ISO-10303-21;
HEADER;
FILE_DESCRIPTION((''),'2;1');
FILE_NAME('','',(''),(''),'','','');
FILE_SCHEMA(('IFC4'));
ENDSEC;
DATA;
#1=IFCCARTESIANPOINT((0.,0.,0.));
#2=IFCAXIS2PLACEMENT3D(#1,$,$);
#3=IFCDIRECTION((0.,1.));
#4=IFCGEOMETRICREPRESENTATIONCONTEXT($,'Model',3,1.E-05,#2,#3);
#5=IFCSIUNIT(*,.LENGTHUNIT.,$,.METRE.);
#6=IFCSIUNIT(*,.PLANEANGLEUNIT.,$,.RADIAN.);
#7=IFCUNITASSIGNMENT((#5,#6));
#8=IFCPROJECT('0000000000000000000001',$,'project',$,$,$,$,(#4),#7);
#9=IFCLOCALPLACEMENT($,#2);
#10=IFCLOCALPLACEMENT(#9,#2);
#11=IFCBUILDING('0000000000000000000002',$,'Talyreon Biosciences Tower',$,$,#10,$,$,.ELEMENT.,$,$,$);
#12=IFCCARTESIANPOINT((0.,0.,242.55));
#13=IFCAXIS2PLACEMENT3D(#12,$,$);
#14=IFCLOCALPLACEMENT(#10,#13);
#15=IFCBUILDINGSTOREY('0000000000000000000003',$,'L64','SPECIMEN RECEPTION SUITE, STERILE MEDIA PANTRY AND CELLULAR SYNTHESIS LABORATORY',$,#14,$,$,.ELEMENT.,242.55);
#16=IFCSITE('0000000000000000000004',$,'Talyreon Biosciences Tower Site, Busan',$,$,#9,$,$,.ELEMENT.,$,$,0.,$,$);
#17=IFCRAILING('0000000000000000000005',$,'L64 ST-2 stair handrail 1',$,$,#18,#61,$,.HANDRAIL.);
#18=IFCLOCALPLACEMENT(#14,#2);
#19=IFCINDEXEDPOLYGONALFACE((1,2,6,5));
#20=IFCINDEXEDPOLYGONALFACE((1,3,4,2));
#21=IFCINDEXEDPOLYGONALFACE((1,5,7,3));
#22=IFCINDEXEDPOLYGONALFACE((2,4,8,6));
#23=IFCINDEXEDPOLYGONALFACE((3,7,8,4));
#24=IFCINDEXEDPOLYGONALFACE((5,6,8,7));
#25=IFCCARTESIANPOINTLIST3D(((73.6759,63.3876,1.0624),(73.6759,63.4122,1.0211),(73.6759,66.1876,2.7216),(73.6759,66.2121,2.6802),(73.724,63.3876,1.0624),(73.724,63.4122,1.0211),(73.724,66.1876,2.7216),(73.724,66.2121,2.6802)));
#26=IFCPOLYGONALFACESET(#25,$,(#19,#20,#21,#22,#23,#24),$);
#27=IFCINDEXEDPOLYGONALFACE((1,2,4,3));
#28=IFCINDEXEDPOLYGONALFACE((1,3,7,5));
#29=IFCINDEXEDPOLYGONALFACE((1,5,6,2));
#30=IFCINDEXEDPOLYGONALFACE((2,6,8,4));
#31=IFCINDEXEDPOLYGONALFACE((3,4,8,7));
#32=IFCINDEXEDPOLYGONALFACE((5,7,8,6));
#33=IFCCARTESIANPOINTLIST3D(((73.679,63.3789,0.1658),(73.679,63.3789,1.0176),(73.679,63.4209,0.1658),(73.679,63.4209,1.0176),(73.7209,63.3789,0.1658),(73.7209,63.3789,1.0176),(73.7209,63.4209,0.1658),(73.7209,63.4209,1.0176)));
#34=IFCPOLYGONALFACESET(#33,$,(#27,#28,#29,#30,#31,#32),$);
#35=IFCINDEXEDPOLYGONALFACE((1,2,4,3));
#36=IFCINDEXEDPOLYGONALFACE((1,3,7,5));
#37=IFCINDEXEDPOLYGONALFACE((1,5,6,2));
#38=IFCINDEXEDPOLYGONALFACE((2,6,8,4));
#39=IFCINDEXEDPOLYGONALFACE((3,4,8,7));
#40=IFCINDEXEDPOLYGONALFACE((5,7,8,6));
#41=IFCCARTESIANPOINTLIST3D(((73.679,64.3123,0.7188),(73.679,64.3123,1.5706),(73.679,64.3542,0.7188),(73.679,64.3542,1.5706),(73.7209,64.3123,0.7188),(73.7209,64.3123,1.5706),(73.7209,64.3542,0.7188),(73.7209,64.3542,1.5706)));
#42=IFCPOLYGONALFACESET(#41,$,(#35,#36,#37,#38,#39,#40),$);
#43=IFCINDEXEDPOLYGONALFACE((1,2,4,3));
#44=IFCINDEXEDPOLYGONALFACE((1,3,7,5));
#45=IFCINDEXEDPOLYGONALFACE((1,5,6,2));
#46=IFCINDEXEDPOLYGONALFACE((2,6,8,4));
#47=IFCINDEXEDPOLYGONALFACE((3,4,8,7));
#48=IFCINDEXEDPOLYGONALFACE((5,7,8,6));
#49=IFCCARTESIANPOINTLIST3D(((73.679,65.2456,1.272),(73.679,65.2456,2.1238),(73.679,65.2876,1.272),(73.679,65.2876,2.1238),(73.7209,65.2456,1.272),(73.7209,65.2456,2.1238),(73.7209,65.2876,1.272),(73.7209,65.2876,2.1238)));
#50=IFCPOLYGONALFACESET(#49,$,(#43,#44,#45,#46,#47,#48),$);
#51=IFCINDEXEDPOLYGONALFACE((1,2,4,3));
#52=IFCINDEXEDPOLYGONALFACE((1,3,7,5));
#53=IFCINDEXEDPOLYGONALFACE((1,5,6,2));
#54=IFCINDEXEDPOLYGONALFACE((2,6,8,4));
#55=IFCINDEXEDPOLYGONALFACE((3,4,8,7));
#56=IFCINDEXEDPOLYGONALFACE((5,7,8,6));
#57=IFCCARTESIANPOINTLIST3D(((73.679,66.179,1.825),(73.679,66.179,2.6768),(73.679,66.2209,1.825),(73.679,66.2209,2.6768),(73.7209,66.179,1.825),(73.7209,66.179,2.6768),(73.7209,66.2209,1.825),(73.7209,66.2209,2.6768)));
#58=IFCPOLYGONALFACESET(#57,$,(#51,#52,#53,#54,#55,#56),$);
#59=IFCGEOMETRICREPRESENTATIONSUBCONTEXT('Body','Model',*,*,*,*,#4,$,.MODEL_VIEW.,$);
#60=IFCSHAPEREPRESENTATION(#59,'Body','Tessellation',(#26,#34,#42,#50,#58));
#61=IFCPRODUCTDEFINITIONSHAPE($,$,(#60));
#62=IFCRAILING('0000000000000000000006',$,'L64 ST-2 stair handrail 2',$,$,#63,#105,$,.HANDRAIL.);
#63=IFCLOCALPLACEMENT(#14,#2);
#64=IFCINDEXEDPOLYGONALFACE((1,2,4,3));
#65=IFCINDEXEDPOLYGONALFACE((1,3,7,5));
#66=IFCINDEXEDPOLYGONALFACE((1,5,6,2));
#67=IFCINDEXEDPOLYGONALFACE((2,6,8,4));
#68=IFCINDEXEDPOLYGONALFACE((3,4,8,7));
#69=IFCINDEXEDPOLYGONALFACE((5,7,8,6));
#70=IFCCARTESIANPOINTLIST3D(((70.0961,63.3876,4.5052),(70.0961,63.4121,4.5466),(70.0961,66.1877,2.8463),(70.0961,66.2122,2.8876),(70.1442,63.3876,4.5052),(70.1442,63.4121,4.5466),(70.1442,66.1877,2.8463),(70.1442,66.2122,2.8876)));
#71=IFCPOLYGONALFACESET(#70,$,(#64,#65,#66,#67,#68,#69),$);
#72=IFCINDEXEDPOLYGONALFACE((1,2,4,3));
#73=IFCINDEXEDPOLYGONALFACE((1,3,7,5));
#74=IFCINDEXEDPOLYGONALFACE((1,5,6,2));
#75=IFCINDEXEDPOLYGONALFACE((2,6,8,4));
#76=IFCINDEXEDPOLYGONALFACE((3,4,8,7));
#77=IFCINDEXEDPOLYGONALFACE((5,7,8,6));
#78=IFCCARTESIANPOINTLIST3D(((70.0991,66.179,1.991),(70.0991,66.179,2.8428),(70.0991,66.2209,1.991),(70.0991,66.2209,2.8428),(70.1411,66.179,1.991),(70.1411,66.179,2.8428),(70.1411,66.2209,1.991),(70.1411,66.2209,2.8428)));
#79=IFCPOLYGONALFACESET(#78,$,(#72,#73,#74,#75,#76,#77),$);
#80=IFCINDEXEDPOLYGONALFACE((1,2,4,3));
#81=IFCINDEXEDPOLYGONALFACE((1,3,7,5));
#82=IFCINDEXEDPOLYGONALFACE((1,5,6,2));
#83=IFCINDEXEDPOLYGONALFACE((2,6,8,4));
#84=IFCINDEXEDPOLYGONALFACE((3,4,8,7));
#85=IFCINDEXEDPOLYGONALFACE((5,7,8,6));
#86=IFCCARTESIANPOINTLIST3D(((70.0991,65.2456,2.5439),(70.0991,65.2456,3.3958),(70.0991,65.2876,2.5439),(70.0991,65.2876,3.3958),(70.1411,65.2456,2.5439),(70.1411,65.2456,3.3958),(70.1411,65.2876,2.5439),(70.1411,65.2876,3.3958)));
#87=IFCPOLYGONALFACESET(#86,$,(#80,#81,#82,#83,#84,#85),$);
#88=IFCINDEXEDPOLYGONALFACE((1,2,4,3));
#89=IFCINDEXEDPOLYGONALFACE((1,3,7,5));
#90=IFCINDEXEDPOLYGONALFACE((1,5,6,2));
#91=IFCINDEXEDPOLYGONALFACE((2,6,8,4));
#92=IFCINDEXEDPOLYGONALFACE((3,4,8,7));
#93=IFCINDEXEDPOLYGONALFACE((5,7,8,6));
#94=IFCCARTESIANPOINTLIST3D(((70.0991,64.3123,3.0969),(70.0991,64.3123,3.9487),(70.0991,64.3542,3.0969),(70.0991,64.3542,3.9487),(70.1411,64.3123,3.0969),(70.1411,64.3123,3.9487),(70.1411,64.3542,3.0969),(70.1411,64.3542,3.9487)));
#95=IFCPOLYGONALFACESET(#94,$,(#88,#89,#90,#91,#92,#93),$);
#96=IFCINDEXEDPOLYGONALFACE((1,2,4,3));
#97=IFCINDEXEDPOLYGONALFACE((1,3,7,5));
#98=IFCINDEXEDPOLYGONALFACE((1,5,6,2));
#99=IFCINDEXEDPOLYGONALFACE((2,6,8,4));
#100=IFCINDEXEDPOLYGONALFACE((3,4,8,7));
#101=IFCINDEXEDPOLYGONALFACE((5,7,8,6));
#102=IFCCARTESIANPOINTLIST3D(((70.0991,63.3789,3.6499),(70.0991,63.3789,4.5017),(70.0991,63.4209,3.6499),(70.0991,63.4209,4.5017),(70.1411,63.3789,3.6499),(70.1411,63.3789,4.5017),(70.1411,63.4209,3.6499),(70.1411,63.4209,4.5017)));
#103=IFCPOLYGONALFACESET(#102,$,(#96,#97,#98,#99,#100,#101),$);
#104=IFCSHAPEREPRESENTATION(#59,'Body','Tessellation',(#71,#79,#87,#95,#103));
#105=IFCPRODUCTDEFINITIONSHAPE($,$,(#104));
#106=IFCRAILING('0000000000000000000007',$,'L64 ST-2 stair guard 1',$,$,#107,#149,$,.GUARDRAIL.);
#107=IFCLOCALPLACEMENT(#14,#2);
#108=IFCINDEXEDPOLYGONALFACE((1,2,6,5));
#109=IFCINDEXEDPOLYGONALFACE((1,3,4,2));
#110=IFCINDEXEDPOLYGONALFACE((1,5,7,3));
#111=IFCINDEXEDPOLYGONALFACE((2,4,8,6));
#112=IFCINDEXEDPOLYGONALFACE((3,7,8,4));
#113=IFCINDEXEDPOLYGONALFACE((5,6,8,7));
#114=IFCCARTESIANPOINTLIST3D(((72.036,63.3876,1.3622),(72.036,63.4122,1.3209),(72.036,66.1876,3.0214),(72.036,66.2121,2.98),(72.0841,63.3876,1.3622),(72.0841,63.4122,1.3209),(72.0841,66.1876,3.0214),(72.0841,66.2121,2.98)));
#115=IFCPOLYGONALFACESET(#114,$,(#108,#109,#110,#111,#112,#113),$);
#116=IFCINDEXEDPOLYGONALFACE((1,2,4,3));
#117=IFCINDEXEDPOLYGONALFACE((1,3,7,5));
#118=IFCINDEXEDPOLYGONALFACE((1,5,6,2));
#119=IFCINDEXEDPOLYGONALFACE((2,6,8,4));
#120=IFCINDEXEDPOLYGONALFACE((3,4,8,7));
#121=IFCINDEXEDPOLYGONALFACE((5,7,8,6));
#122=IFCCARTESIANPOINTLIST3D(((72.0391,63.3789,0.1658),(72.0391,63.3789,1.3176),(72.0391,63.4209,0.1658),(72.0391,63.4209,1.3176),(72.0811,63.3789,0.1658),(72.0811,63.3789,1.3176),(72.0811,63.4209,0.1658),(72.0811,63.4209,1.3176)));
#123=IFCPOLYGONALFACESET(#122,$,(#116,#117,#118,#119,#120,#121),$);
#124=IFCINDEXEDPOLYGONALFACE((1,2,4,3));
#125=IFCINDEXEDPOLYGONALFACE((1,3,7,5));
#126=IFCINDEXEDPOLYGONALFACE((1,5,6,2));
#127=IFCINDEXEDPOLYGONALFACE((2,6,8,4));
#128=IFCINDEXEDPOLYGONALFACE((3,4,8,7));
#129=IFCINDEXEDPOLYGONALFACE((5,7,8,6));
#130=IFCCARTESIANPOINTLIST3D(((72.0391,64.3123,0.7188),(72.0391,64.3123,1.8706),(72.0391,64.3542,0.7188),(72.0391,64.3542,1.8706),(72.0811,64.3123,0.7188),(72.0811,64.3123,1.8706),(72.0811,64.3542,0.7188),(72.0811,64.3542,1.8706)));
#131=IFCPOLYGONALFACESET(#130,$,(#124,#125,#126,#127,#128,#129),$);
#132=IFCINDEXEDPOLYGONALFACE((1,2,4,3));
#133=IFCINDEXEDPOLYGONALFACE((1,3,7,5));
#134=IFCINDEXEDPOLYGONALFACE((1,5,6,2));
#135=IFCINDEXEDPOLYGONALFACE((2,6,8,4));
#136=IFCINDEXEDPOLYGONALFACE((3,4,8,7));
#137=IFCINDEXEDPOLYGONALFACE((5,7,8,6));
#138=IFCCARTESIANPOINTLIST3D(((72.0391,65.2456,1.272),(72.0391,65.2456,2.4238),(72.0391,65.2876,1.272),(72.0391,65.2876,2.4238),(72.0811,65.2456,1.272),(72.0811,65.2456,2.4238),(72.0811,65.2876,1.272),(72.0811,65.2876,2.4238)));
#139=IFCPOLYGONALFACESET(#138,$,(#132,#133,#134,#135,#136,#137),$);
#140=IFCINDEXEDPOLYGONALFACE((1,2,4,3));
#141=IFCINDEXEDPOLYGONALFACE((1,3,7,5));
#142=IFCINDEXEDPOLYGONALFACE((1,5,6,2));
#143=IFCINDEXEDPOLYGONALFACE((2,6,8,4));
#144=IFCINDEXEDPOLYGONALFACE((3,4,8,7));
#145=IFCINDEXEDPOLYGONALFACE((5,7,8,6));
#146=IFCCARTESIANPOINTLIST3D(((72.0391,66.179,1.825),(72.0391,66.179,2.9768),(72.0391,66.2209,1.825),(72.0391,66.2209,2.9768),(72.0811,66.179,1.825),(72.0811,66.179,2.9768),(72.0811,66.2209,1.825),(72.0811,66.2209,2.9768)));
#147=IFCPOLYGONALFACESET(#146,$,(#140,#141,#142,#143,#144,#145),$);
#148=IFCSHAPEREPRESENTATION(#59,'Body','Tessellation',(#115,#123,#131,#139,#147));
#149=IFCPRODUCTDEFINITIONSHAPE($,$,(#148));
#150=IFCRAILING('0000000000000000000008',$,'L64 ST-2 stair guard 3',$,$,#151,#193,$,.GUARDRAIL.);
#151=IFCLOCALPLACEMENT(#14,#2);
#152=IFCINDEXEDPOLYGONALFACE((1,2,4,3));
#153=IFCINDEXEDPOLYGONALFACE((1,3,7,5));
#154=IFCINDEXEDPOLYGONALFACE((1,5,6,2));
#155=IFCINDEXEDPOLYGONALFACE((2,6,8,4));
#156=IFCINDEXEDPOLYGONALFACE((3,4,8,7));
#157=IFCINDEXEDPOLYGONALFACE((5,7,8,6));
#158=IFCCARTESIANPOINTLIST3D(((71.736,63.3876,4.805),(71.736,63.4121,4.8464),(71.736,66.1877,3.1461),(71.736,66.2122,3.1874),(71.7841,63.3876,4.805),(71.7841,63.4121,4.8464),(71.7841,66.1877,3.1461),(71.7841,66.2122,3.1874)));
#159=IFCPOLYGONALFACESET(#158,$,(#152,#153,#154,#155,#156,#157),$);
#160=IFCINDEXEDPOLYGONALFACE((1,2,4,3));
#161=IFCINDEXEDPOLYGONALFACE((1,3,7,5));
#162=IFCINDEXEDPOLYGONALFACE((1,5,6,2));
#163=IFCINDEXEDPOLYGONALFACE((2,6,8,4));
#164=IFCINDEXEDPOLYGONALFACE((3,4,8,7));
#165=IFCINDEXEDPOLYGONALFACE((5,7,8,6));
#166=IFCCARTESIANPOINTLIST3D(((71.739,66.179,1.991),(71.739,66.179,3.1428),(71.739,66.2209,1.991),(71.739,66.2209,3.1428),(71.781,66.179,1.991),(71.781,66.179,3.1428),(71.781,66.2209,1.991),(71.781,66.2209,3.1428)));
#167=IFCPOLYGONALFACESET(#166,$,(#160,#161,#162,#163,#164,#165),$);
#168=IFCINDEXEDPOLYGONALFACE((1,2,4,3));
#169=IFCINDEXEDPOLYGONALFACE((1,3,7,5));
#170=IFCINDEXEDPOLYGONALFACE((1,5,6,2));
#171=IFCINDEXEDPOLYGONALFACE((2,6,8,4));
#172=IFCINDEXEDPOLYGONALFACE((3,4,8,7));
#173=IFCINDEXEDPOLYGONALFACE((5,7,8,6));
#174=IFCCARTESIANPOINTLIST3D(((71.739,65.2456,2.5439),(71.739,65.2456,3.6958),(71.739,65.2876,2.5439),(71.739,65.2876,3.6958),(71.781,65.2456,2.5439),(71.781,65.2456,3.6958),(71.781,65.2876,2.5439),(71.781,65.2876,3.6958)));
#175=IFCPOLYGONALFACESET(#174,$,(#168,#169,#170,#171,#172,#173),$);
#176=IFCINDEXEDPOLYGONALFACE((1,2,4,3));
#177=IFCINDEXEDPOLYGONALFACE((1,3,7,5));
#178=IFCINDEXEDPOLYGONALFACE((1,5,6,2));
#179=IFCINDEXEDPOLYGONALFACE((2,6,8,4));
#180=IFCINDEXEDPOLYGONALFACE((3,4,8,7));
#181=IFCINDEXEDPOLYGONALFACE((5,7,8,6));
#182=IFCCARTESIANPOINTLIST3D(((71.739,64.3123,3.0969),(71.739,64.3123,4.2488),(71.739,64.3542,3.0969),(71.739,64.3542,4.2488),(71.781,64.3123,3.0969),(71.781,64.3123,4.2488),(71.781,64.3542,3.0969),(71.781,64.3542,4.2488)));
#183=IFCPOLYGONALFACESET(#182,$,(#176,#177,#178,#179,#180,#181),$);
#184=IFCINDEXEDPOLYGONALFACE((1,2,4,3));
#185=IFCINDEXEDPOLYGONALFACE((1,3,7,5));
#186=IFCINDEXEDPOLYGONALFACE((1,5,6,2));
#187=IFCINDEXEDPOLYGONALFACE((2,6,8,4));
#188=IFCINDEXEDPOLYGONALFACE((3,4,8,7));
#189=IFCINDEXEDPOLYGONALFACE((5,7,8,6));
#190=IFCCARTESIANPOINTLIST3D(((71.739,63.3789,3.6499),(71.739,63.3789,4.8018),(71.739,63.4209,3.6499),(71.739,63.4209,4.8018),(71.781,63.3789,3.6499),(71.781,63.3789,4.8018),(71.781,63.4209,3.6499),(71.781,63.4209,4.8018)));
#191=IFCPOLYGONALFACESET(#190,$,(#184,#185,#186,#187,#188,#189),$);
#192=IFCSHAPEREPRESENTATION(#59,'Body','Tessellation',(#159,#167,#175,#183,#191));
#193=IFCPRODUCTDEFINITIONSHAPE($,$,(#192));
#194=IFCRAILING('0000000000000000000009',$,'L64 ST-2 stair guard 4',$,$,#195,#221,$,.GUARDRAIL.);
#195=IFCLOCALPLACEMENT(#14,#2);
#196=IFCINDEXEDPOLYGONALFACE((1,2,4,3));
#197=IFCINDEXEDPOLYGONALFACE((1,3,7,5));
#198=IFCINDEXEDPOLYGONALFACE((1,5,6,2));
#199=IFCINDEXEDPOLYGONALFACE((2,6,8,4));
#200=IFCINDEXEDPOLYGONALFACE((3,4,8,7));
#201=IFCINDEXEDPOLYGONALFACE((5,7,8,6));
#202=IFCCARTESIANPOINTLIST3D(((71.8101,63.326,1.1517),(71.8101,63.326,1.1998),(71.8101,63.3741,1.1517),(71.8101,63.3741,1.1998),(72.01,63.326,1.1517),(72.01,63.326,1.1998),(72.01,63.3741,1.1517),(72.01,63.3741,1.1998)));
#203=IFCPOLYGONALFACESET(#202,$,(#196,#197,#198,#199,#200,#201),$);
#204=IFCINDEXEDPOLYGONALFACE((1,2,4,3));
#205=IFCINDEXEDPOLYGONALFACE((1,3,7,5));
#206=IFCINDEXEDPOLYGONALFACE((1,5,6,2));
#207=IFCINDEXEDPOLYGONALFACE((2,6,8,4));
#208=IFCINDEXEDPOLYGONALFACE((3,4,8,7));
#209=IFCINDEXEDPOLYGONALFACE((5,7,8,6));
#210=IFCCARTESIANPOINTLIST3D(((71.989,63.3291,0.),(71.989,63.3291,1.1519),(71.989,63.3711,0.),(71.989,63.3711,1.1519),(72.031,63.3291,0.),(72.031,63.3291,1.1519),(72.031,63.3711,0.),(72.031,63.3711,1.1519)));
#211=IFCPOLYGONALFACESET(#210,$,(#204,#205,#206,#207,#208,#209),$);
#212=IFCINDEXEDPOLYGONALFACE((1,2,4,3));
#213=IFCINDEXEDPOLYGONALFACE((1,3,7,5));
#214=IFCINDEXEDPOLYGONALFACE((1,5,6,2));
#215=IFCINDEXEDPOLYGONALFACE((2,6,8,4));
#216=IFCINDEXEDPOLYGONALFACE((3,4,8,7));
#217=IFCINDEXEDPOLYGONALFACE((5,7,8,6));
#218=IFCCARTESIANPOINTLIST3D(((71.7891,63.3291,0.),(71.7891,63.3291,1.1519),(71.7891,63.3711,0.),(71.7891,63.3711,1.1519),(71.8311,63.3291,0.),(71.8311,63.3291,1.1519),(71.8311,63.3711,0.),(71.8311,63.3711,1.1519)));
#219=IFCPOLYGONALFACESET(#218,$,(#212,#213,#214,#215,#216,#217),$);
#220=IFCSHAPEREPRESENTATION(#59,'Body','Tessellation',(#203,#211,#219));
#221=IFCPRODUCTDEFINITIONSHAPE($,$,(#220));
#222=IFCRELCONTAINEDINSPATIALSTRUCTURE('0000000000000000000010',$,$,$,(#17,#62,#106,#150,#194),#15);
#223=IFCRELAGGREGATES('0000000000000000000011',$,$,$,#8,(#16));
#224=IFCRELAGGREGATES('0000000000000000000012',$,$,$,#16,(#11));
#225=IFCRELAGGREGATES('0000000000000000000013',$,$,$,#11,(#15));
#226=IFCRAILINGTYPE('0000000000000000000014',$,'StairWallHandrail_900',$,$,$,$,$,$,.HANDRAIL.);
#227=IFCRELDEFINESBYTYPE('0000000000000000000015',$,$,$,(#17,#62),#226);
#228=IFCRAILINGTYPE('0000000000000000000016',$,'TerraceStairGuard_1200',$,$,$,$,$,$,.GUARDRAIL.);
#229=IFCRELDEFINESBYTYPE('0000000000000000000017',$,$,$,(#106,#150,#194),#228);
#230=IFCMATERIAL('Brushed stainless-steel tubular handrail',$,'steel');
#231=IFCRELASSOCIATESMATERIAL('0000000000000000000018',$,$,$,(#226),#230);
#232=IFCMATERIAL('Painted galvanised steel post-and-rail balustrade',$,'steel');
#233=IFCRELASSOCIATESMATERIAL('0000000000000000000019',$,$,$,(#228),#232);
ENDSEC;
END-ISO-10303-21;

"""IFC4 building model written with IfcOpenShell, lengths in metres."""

from ifc_helpers import new_model, si_unit, direction, frame, origin, origin_2d, place, context, subcontext, project, spatial, rectangle, extrude, material, type_object, element, save


model = new_model("IFC4")

# Units and contexts
model_context = context("Model", 3, precision=1e-05, world=origin(), true_north=direction((0.0, 1.0)))
body_context = subcontext(model_context, "Body", "Model", "MODEL_VIEW")
ifc_project = project(units=[si_unit("LENGTHUNIT", "METRE"), si_unit("PLANEANGLEUNIT", "RADIAN")], contexts=[model_context])

# Site, building, storey
site_placement = place(None, origin())
site = spatial("IfcSite", under=ifc_project, at=site_placement, Name="Talyreon Biosciences Tower Site, Busan", CompositionType="ELEMENT", RefElevation=0.0)
building_placement = place(site_placement, origin())
building = spatial("IfcBuilding", under=site, at=building_placement, Name="Talyreon Biosciences Tower", CompositionType="ELEMENT")
storey_placement = place(building_placement, frame((0.0, 0.0, 242.55)))
storey = spatial("IfcBuildingStorey", under=building, at=storey_placement, Name="L64", Description="SPECIMEN RECEPTION SUITE, STERILE MEDIA PANTRY AND CELLULAR SYNTHESIS LABORATORY", CompositionType="ELEMENT", Elevation=242.55)

# Railings
ifc_material_1 = material(Name="Brushed stainless-steel tubular handrail", Category="steel")
railing_type_1 = type_object("IfcRailingType", Name="StairWallHandrail_900", PredefinedType="HANDRAIL", material=ifc_material_1)
railing_1_placement = place(storey_placement, frame((73.7, 63.3999, 0.1658)))
element("IfcRailing", 1, at=railing_1_placement, inside=storey, type_object=railing_type_1, Name="L64 ST-2 stair handrail 1", PredefinedType="HANDRAIL", context=body_context, shape_type="SweptSolid", body=[
    extrude(rectangle(XDim=0.0481, YDim=0.0481, at=origin_2d()), frame((0.0, 0.0, 0.876), z_axis=(0.0, 0.860306, 0.509778), x_axis=(-1.0, 0.0, 0.0)), (0.0, 0.0, 1.0), 3.2546),
    extrude(rectangle(XDim=0.042, YDim=0.042, at=origin_2d()), origin(), (0.0, 0.0, 1.0), 0.8518),
    extrude(rectangle(XDim=0.042, YDim=0.042, at=origin_2d()), frame((0.0, 0.9333, 0.553)), (0.0, 0.0, 1.0), 0.8518),
    extrude(rectangle(XDim=0.042, YDim=0.042, at=origin_2d()), frame((0.0, 1.8667, 1.1062)), (0.0, 0.0, 1.0), 0.8518),
    extrude(rectangle(XDim=0.042, YDim=0.042, at=origin_2d()), frame((0.0, 2.8, 1.6592)), (0.0, 0.0, 1.0), 0.8518),
])
railing_2_placement = place(storey_placement, frame((70.1201, 66.2, 1.991)))
element("IfcRailing", 2, at=railing_2_placement, inside=storey, type_object=railing_type_1, Name="L64 ST-2 stair handrail 2", PredefinedType="HANDRAIL", context=body_context, shape_type="SweptSolid", body=[
    extrude(rectangle(XDim=0.0481, YDim=0.0481, at=origin_2d()), frame((0.0, 0.0, 0.876), z_axis=(0.0, -0.860339, 0.509722), x_axis=(1.0, 0.0, 0.0)), (0.0, 0.0, 1.0), 3.2546),
    extrude(rectangle(XDim=0.042, YDim=0.042, at=origin_2d()), origin(), (0.0, 0.0, 1.0), 0.8518),
    extrude(rectangle(XDim=0.042, YDim=0.042, at=origin_2d()), frame((0.0, -0.9333, 0.553)), (0.0, 0.0, 1.0), 0.8518),
    extrude(rectangle(XDim=0.042, YDim=0.042, at=origin_2d()), frame((0.0, -1.8667, 1.106)), (0.0, 0.0, 1.0), 0.8518),
    extrude(rectangle(XDim=0.042, YDim=0.042, at=origin_2d()), frame((0.0, -2.8, 1.6589)), (0.0, 0.0, 1.0), 0.8518),
])
ifc_material_2 = material(Name="Painted galvanised steel post-and-rail balustrade", Category="steel")
railing_type_2 = type_object("IfcRailingType", Name="TerraceStairGuard_1200", PredefinedType="GUARDRAIL", material=ifc_material_2)
railing_3_placement = place(storey_placement, frame((72.0601, 63.3999, 0.1658)))
element("IfcRailing", 3, at=railing_3_placement, inside=storey, type_object=railing_type_2, Name="L64 ST-2 stair guard 1", PredefinedType="GUARDRAIL", context=body_context, shape_type="SweptSolid", body=[
    extrude(rectangle(XDim=0.0481, YDim=0.0481, at=origin_2d()), frame((0.0, 0.0, 1.1758), z_axis=(0.0, 0.860306, 0.509778), x_axis=(-1.0, 0.0, 0.0)), (0.0, 0.0, 1.0), 3.2546),
    extrude(rectangle(XDim=0.042, YDim=0.042, at=origin_2d()), origin(), (0.0, 0.0, 1.0), 1.1519),
    extrude(rectangle(XDim=0.042, YDim=0.042, at=origin_2d()), frame((0.0, 0.9333, 0.553)), (0.0, 0.0, 1.0), 1.1519),
    extrude(rectangle(XDim=0.042, YDim=0.042, at=origin_2d()), frame((0.0, 1.8667, 1.1062)), (0.0, 0.0, 1.0), 1.1519),
    extrude(rectangle(XDim=0.042, YDim=0.042, at=origin_2d()), frame((0.0, 2.8, 1.6592)), (0.0, 0.0, 1.0), 1.1519),
])
railing_4_placement = place(storey_placement, frame((71.76, 66.2, 1.991)))
element("IfcRailing", 4, at=railing_4_placement, inside=storey, type_object=railing_type_2, Name="L64 ST-2 stair guard 3", PredefinedType="GUARDRAIL", context=body_context, shape_type="SweptSolid", body=[
    extrude(rectangle(XDim=0.0481, YDim=0.0481, at=origin_2d()), frame((0.0, 0.0, 1.1758), z_axis=(0.0, -0.860339, 0.509722), x_axis=(1.0, 0.0, 0.0)), (0.0, 0.0, 1.0), 3.2546),
    extrude(rectangle(XDim=0.042, YDim=0.042, at=origin_2d()), origin(), (0.0, 0.0, 1.0), 1.1519),
    extrude(rectangle(XDim=0.042, YDim=0.042, at=origin_2d()), frame((0.0, -0.9333, 0.553)), (0.0, 0.0, 1.0), 1.1519),
    extrude(rectangle(XDim=0.042, YDim=0.042, at=origin_2d()), frame((0.0, -1.8667, 1.106)), (0.0, 0.0, 1.0), 1.1519),
    extrude(rectangle(XDim=0.042, YDim=0.042, at=origin_2d()), frame((0.0, -2.8, 1.6589)), (0.0, 0.0, 1.0), 1.1519),
])
railing_5_placement = place(storey_placement, frame((72.01, 63.3501, 0.0)))
element("IfcRailing", 5, at=railing_5_placement, inside=storey, type_object=railing_type_2, Name="L64 ST-2 stair guard 4", PredefinedType="GUARDRAIL", context=body_context, shape_type="SweptSolid", body=[
    extrude(rectangle(XDim=0.0481, YDim=0.0481, at=origin_2d()), frame((0.0, 0.0, 1.1758), z_axis=(-1.0, 0.0, 0.0), x_axis=(0.0, -1.0, 0.0)), (0.0, 0.0, 1.0), 0.2),
    extrude(rectangle(XDim=0.042, YDim=0.042, at=origin_2d()), origin(), (0.0, 0.0, 1.0), 1.1519),
    extrude(rectangle(XDim=0.042, YDim=0.042, at=origin_2d()), frame((-0.2, 0.0, 0.0)), (0.0, 0.0, 1.0), 1.1519),
])

save(model, "model.ifc")
